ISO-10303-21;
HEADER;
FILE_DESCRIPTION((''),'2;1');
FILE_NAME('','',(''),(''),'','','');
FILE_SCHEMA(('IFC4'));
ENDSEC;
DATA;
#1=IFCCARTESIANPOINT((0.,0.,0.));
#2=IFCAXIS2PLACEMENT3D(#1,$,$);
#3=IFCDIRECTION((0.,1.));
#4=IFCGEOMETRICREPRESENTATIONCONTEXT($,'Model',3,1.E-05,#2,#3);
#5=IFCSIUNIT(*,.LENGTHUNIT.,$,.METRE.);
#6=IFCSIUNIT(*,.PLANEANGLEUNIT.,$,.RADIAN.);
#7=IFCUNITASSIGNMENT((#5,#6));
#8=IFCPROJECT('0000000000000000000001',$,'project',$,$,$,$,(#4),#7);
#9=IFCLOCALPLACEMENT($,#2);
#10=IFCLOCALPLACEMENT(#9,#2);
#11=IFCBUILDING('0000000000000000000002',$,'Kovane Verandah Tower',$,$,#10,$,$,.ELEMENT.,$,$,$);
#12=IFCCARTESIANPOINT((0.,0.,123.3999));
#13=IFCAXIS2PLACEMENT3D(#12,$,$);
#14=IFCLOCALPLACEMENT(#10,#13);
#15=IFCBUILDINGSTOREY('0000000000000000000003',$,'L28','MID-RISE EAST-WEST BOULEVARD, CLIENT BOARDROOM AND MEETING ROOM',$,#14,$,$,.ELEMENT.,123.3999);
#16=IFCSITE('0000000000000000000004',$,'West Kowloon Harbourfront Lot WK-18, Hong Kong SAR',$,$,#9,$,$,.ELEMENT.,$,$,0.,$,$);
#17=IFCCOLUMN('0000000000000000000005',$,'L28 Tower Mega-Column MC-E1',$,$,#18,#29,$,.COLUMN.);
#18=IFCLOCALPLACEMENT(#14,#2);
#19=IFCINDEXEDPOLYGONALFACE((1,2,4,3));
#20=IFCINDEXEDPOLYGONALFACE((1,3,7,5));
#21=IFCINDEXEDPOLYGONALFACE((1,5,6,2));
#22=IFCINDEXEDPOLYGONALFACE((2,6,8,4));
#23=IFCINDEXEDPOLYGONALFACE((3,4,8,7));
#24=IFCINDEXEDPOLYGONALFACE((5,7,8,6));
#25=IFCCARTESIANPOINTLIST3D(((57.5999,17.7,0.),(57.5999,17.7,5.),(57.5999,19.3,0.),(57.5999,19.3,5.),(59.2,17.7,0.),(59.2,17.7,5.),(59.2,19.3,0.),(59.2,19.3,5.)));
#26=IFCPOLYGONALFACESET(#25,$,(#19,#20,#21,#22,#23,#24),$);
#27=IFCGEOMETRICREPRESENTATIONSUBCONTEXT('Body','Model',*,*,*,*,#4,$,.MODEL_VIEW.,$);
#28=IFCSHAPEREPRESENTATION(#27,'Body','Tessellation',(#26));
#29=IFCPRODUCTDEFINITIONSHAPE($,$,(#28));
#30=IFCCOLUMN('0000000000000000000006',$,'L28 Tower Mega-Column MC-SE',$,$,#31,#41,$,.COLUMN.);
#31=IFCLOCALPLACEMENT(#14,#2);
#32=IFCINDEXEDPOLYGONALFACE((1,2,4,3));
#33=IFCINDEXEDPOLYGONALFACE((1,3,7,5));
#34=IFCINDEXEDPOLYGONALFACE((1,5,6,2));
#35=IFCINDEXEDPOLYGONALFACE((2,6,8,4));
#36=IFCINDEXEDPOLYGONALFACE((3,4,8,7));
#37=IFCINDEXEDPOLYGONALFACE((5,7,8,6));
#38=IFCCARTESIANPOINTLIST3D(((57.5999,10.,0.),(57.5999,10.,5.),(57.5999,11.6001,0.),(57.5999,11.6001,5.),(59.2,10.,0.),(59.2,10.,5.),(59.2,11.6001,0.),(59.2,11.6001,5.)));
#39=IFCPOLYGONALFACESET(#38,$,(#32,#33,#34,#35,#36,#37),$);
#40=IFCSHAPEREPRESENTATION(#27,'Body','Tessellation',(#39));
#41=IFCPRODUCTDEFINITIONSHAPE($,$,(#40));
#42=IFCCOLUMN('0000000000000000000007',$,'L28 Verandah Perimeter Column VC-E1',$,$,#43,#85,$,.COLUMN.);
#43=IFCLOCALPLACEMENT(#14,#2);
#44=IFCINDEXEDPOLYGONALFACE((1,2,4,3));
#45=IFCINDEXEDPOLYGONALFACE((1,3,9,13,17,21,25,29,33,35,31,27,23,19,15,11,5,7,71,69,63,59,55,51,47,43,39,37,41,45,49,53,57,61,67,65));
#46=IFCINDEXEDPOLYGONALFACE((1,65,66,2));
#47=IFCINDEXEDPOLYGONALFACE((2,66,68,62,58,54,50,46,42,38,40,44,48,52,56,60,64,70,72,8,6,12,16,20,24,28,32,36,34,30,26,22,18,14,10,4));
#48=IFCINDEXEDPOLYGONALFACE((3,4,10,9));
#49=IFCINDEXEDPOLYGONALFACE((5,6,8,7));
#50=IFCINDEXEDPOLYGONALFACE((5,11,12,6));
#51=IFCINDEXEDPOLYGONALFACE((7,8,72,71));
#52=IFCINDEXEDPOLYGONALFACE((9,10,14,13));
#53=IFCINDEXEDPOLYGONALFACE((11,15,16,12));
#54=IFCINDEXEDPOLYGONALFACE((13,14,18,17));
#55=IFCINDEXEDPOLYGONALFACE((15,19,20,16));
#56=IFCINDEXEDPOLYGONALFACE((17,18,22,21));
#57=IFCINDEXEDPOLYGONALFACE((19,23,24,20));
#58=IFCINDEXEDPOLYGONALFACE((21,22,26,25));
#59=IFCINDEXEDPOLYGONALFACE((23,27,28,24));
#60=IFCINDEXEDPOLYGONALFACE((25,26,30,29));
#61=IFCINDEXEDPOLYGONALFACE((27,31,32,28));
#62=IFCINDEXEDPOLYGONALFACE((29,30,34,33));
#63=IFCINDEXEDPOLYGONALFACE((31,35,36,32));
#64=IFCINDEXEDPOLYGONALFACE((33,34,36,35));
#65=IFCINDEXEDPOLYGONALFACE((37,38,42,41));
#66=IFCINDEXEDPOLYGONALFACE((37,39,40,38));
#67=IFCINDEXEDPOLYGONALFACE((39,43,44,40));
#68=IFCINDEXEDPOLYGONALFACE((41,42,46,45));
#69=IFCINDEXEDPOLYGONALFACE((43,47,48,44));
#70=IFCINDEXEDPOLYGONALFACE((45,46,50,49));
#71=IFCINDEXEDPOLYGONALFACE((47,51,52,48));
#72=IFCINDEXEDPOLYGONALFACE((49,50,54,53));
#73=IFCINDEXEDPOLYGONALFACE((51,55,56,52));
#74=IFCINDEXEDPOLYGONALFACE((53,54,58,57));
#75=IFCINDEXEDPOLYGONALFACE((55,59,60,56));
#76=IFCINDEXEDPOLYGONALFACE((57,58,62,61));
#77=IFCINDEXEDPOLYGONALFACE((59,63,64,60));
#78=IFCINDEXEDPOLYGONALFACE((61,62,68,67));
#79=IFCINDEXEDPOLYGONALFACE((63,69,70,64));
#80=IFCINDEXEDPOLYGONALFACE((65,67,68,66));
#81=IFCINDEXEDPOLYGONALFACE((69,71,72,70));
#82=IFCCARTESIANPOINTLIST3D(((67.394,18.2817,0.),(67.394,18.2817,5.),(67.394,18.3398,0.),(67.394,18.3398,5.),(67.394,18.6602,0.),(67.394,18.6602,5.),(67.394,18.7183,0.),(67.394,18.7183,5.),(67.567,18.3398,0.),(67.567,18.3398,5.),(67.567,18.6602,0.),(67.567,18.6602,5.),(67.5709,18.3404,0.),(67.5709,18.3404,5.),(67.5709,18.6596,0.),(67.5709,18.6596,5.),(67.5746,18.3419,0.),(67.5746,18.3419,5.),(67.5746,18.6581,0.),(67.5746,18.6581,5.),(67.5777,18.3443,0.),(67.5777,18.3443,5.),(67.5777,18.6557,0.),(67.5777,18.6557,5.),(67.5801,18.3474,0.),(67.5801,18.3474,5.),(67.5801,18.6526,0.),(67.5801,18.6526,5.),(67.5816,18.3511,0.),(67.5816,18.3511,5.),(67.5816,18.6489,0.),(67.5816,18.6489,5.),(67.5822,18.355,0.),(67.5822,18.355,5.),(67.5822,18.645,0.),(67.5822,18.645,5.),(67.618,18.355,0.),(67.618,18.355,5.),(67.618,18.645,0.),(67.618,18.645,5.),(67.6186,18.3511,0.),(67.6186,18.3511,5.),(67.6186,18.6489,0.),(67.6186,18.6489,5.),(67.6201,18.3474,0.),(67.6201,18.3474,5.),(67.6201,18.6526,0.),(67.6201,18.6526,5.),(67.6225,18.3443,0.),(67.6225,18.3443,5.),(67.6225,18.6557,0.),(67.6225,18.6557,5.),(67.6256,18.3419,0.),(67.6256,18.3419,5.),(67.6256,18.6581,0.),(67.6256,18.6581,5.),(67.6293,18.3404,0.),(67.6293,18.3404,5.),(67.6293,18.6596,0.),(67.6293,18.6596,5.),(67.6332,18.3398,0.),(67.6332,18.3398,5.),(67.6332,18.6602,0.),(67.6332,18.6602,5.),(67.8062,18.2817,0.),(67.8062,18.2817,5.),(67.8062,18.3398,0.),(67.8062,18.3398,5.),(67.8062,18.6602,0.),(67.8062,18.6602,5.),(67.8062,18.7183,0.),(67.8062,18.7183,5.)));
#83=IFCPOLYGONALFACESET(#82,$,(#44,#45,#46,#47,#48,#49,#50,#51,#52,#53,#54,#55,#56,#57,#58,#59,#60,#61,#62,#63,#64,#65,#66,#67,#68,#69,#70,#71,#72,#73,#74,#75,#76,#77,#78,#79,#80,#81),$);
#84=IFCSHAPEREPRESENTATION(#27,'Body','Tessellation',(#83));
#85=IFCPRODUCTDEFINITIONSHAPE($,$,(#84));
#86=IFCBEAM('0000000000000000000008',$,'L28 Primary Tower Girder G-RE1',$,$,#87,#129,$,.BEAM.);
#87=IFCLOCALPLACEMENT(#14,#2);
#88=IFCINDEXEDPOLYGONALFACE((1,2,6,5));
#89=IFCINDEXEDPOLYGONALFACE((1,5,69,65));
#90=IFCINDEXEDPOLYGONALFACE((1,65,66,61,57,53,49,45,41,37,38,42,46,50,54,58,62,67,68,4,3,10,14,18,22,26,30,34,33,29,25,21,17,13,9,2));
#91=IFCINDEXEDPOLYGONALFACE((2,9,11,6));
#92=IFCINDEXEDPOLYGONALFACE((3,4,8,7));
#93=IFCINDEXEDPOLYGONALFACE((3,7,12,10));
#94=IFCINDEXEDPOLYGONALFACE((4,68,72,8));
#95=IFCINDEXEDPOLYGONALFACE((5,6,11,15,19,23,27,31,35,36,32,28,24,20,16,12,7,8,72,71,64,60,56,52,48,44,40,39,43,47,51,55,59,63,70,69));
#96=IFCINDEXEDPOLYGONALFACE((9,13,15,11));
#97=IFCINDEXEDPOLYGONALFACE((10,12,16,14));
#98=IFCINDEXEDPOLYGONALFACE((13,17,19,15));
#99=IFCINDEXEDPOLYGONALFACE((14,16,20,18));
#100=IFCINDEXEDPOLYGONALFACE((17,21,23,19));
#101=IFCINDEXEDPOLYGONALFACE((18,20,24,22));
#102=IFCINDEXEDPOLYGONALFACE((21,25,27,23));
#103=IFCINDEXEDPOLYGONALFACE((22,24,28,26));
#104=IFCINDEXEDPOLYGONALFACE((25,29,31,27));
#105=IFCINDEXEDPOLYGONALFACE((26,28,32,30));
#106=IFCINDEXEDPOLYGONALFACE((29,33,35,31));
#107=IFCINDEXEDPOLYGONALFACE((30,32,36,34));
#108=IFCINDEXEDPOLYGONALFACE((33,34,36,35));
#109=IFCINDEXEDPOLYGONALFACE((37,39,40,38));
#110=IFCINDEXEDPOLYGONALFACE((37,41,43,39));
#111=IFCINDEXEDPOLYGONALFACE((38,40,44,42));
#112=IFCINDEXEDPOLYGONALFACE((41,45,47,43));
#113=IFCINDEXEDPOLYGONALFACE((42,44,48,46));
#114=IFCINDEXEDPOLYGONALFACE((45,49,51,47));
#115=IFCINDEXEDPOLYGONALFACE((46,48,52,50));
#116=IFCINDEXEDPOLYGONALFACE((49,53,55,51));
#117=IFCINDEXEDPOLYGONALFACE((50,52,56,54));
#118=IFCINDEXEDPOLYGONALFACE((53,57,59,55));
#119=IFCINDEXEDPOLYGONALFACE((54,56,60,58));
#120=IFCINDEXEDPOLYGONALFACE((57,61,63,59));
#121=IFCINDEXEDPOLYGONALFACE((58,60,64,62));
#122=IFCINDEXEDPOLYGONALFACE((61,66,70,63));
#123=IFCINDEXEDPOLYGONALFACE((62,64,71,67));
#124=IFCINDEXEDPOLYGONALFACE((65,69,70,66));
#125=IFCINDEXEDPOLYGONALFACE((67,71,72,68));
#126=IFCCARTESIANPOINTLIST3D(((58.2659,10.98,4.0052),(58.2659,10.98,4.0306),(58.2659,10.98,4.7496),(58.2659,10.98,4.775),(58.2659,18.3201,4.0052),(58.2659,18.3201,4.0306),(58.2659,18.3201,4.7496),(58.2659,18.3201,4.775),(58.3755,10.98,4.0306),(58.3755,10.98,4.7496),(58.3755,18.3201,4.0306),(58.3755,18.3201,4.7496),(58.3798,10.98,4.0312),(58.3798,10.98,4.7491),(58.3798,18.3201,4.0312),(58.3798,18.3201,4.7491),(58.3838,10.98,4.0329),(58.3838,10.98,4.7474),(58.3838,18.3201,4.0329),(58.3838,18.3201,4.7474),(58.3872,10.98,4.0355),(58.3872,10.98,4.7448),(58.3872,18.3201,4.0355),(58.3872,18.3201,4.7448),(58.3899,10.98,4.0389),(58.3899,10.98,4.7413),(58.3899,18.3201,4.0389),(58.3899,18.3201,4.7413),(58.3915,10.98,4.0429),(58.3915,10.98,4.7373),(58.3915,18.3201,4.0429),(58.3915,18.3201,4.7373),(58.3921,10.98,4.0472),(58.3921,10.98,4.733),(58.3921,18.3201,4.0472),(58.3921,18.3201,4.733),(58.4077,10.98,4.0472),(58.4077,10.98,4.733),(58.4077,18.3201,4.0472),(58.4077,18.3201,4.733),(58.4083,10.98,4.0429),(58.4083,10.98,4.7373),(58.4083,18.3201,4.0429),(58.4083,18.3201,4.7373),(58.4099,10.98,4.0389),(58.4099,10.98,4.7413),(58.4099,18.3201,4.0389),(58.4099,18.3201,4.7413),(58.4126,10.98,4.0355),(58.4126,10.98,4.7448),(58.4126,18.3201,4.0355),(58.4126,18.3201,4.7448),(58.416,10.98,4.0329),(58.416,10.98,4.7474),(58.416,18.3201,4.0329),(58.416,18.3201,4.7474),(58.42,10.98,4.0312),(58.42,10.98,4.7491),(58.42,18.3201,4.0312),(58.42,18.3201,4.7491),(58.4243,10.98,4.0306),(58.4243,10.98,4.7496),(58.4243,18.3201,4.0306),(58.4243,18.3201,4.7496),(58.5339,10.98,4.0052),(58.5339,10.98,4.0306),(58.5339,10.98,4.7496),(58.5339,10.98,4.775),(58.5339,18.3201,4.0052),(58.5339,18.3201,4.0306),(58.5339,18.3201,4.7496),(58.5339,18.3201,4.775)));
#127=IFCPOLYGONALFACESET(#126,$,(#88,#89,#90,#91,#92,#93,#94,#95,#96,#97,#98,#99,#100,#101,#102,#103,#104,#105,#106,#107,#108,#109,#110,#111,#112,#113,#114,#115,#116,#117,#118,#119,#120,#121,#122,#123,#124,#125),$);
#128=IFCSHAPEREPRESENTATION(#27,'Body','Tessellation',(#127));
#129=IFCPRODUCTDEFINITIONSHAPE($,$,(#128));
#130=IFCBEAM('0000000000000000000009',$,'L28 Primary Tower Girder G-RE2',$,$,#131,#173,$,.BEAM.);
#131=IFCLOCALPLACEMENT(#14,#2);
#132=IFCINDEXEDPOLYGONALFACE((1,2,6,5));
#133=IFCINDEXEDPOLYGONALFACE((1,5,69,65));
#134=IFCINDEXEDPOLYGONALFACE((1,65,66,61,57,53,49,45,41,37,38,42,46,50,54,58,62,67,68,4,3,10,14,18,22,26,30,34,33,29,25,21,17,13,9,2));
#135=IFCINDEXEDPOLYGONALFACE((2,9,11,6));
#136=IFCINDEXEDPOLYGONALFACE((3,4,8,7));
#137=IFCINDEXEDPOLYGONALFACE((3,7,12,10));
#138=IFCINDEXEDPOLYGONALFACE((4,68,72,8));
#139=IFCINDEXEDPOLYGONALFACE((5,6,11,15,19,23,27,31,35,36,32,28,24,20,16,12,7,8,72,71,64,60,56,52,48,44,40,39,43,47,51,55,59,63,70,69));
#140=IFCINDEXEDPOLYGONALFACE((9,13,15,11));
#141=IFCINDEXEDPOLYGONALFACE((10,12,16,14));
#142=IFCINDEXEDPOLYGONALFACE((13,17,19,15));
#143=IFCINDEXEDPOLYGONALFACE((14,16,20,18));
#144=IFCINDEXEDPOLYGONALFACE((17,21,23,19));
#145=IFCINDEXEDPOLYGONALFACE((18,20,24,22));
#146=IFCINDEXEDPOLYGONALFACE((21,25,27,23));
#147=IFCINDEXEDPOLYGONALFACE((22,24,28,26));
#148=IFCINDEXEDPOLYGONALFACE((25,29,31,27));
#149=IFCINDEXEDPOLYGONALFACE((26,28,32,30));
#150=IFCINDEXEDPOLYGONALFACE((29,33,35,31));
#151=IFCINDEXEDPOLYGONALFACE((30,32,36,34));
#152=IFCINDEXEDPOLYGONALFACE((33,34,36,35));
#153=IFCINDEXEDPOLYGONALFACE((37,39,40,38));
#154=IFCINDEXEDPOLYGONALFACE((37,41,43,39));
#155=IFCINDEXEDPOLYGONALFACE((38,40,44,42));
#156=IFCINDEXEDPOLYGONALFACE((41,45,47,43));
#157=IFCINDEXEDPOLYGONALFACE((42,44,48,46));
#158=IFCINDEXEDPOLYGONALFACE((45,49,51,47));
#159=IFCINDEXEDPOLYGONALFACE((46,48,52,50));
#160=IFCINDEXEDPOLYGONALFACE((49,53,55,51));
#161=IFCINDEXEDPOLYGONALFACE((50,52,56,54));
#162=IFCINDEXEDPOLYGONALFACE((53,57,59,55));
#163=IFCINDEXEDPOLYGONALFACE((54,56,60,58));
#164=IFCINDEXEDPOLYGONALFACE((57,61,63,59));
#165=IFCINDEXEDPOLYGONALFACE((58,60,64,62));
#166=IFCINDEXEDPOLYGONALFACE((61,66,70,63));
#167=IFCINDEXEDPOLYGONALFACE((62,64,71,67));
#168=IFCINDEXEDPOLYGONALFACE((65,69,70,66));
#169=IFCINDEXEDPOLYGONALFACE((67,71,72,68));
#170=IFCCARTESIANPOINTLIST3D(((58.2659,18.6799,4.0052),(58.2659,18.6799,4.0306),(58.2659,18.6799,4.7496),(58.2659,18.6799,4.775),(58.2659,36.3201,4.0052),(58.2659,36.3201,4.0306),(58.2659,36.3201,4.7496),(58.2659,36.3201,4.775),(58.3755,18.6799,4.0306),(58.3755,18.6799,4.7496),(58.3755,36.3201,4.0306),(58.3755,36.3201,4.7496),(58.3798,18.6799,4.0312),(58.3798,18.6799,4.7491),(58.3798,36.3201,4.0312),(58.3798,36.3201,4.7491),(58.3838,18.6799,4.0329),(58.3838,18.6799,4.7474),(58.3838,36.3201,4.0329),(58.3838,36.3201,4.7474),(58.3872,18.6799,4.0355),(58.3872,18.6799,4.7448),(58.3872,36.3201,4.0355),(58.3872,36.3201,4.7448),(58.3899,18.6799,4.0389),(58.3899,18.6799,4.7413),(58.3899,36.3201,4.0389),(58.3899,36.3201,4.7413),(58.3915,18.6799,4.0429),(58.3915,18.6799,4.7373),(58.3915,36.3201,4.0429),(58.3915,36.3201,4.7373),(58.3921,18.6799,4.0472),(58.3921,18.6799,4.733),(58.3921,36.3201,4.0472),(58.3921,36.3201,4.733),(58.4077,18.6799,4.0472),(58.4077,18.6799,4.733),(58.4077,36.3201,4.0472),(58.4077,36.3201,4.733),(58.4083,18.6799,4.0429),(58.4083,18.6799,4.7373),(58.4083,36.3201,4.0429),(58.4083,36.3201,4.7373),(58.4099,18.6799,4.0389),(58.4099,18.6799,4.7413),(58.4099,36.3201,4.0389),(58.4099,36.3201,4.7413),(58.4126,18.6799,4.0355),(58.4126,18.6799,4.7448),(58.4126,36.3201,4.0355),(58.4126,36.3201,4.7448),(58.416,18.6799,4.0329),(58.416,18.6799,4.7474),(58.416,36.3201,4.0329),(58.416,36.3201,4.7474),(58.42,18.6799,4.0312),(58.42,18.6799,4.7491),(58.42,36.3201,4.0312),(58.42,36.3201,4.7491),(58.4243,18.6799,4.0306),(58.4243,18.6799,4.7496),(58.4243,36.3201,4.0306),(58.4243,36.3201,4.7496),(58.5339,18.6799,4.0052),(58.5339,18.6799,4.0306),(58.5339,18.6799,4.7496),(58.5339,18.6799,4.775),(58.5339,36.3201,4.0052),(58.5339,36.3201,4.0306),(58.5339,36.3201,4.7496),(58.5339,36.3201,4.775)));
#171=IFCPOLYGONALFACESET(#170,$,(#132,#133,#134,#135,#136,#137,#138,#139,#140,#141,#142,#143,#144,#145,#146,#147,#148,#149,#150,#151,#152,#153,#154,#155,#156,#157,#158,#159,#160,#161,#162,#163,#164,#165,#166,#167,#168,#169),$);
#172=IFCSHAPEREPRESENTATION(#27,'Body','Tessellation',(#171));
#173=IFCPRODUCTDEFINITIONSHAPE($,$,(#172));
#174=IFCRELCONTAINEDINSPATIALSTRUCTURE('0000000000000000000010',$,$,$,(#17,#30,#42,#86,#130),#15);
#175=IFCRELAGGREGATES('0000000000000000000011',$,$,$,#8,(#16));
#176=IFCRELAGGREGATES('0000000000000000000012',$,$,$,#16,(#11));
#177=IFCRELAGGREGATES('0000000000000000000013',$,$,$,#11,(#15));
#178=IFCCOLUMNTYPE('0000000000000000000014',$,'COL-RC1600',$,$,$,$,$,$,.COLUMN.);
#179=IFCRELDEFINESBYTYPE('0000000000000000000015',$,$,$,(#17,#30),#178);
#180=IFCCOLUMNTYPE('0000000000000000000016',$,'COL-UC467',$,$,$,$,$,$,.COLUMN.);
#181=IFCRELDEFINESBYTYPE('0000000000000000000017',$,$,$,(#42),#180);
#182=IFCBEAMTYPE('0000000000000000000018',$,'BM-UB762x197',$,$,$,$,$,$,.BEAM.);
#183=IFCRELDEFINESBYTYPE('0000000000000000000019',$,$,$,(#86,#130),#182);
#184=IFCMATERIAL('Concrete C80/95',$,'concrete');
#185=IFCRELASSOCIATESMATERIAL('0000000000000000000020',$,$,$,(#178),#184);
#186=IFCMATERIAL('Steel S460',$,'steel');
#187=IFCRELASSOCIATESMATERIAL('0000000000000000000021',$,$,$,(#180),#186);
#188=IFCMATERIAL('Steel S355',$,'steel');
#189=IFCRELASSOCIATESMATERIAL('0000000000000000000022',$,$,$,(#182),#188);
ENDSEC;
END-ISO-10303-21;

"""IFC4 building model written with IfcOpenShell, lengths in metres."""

from ifc_helpers import new_model, si_unit, direction, frame, origin, origin_2d, place, context, subcontext, project, spatial, rectangle, i_section, extrude, material, material_profile, profile_set, type_object, element, save


model = new_model("IFC4")

# Units and contexts
model_context = context("Model", 3, precision=1e-05, world=origin(), true_north=direction((0.0, 1.0)))
body_context = subcontext(model_context, "Body", "Model", "MODEL_VIEW")
ifc_project = project(units=[si_unit("LENGTHUNIT", "METRE"), si_unit("PLANEANGLEUNIT", "RADIAN")], contexts=[model_context])

# Site, building, storey
site_placement = place(None, origin())
site = spatial("IfcSite", under=ifc_project, at=site_placement, Name="West Kowloon Harbourfront Lot WK-18, Hong Kong SAR", CompositionType="ELEMENT", RefElevation=0.0)
building_placement = place(site_placement, origin())
building = spatial("IfcBuilding", under=site, at=building_placement, Name="Kovane Verandah Tower", CompositionType="ELEMENT")
storey_placement = place(building_placement, frame((0.0, 0.0, 123.3999)))
storey = spatial("IfcBuildingStorey", under=building, at=storey_placement, Name="L28", Description="MID-RISE EAST-WEST BOULEVARD, CLIENT BOARDROOM AND MEETING ROOM", CompositionType="ELEMENT", Elevation=123.3999)

# Columns
ifc_material_1 = material(Name="Concrete C80/95", Category="concrete")
ifc_material_profile_1 = material_profile(ifc_material_1, rectangle(XDim=1.6001, YDim=1.6001, at=origin_2d()), Name="RC1600x1600")
ifc_profile_set_1 = profile_set([ifc_material_profile_1], Name="Concrete C80/95")
column_type_1 = type_object("IfcColumnType", Name="COL-RC1600", PredefinedType="COLUMN", material=ifc_profile_set_1)
for number, where, z_axis, x_axis, name in (
    (1, (58.3999, 18.5, 0.0), (0.0, 0.0, 1.0), (1.0, 0.0, 0.0), "L28 Tower Mega-Column MC-E1"),
    (2, (58.3999, 10.8, 0.0), (0.0, 0.0, 1.0), (1.0, 0.0, 0.0), "L28 Tower Mega-Column MC-SE"),
):
    element("IfcColumn", number, at=place(storey_placement, frame(where, z_axis=z_axis, x_axis=x_axis)), inside=storey, type_object=column_type_1, Name=name, PredefinedType="COLUMN", context=body_context, shape_type="SweptSolid", body=[
        extrude(rectangle(XDim=1.6001, YDim=1.6001, at=origin_2d()), origin(), (0.0, 0.0, 1.0), 5.0),
    ])
ifc_material_2 = material(Name="Steel S460", Category="steel")
ifc_material_profile_2 = material_profile(ifc_material_2, i_section(OverallWidth=0.4121, OverallDepth=0.4365, WebThickness=0.0359, FlangeThickness=0.0581, FilletRadius=0.0151, at=origin_2d()), Name="UC356x406x467")
ifc_profile_set_2 = profile_set([ifc_material_profile_2], Name="Steel S460")
column_type_2 = type_object("IfcColumnType", Name="COL-UC467", PredefinedType="COLUMN", material=ifc_profile_set_2)
column_placement = place(storey_placement, frame((67.6001, 18.5, 0.0), z_axis=(0.0, 0.0, 1.0), x_axis=(1.0, 0.0, 0.0)))
element("IfcColumn", 3, at=column_placement, inside=storey, type_object=column_type_2, Name="L28 Verandah Perimeter Column VC-E1", PredefinedType="COLUMN", context=body_context, shape_type="SweptSolid", body=[
    extrude(i_section(OverallWidth=0.4121, OverallDepth=0.4365, WebThickness=0.0359, FlangeThickness=0.0581, FilletRadius=0.0151, at=origin_2d()), origin(), (0.0, 0.0, 1.0), 5.0),
])

# Beams
ifc_material_3 = material(Name="Steel S355", Category="steel")
ifc_material_profile_3 = material_profile(ifc_material_3, i_section(OverallWidth=0.2681, OverallDepth=0.7698, WebThickness=0.0156, FlangeThickness=0.0254, FilletRadius=0.0166, at=origin_2d()), Name="UB762x267x197")
ifc_profile_set_3 = profile_set([ifc_material_profile_3], Name="Steel S355")
beam_type_1 = type_object("IfcBeamType", Name="BM-UB762x197", PredefinedType="BEAM", material=ifc_profile_set_3)
beam_1_placement = place(storey_placement, frame((58.3999, 10.98, 4.3901), z_axis=(0.0, 1.0, 0.0), x_axis=(-1.0, 0.0, 0.0)))
element("IfcBeam", 4, at=beam_1_placement, inside=storey, type_object=beam_type_1, Name="L28 Primary Tower Girder G-RE1", PredefinedType="BEAM", context=body_context, shape_type="SweptSolid", body=[
    extrude(i_section(OverallWidth=0.2681, OverallDepth=0.7698, WebThickness=0.0156, FlangeThickness=0.0254, FilletRadius=0.0166, at=origin_2d()), origin(), (0.0, 0.0, 1.0), 7.3401),
])
beam_2_placement = place(storey_placement, frame((58.3999, 18.6799, 4.3901), z_axis=(0.0, 1.0, 0.0), x_axis=(-1.0, 0.0, 0.0)))
element("IfcBeam", 5, at=beam_2_placement, inside=storey, type_object=beam_type_1, Name="L28 Primary Tower Girder G-RE2", PredefinedType="BEAM", context=body_context, shape_type="SweptSolid", body=[
    extrude(i_section(OverallWidth=0.2681, OverallDepth=0.7698, WebThickness=0.0156, FlangeThickness=0.0254, FilletRadius=0.0166, at=origin_2d()), origin(), (0.0, 0.0, 1.0), 17.6401),
])

save(model, "model.ifc")
